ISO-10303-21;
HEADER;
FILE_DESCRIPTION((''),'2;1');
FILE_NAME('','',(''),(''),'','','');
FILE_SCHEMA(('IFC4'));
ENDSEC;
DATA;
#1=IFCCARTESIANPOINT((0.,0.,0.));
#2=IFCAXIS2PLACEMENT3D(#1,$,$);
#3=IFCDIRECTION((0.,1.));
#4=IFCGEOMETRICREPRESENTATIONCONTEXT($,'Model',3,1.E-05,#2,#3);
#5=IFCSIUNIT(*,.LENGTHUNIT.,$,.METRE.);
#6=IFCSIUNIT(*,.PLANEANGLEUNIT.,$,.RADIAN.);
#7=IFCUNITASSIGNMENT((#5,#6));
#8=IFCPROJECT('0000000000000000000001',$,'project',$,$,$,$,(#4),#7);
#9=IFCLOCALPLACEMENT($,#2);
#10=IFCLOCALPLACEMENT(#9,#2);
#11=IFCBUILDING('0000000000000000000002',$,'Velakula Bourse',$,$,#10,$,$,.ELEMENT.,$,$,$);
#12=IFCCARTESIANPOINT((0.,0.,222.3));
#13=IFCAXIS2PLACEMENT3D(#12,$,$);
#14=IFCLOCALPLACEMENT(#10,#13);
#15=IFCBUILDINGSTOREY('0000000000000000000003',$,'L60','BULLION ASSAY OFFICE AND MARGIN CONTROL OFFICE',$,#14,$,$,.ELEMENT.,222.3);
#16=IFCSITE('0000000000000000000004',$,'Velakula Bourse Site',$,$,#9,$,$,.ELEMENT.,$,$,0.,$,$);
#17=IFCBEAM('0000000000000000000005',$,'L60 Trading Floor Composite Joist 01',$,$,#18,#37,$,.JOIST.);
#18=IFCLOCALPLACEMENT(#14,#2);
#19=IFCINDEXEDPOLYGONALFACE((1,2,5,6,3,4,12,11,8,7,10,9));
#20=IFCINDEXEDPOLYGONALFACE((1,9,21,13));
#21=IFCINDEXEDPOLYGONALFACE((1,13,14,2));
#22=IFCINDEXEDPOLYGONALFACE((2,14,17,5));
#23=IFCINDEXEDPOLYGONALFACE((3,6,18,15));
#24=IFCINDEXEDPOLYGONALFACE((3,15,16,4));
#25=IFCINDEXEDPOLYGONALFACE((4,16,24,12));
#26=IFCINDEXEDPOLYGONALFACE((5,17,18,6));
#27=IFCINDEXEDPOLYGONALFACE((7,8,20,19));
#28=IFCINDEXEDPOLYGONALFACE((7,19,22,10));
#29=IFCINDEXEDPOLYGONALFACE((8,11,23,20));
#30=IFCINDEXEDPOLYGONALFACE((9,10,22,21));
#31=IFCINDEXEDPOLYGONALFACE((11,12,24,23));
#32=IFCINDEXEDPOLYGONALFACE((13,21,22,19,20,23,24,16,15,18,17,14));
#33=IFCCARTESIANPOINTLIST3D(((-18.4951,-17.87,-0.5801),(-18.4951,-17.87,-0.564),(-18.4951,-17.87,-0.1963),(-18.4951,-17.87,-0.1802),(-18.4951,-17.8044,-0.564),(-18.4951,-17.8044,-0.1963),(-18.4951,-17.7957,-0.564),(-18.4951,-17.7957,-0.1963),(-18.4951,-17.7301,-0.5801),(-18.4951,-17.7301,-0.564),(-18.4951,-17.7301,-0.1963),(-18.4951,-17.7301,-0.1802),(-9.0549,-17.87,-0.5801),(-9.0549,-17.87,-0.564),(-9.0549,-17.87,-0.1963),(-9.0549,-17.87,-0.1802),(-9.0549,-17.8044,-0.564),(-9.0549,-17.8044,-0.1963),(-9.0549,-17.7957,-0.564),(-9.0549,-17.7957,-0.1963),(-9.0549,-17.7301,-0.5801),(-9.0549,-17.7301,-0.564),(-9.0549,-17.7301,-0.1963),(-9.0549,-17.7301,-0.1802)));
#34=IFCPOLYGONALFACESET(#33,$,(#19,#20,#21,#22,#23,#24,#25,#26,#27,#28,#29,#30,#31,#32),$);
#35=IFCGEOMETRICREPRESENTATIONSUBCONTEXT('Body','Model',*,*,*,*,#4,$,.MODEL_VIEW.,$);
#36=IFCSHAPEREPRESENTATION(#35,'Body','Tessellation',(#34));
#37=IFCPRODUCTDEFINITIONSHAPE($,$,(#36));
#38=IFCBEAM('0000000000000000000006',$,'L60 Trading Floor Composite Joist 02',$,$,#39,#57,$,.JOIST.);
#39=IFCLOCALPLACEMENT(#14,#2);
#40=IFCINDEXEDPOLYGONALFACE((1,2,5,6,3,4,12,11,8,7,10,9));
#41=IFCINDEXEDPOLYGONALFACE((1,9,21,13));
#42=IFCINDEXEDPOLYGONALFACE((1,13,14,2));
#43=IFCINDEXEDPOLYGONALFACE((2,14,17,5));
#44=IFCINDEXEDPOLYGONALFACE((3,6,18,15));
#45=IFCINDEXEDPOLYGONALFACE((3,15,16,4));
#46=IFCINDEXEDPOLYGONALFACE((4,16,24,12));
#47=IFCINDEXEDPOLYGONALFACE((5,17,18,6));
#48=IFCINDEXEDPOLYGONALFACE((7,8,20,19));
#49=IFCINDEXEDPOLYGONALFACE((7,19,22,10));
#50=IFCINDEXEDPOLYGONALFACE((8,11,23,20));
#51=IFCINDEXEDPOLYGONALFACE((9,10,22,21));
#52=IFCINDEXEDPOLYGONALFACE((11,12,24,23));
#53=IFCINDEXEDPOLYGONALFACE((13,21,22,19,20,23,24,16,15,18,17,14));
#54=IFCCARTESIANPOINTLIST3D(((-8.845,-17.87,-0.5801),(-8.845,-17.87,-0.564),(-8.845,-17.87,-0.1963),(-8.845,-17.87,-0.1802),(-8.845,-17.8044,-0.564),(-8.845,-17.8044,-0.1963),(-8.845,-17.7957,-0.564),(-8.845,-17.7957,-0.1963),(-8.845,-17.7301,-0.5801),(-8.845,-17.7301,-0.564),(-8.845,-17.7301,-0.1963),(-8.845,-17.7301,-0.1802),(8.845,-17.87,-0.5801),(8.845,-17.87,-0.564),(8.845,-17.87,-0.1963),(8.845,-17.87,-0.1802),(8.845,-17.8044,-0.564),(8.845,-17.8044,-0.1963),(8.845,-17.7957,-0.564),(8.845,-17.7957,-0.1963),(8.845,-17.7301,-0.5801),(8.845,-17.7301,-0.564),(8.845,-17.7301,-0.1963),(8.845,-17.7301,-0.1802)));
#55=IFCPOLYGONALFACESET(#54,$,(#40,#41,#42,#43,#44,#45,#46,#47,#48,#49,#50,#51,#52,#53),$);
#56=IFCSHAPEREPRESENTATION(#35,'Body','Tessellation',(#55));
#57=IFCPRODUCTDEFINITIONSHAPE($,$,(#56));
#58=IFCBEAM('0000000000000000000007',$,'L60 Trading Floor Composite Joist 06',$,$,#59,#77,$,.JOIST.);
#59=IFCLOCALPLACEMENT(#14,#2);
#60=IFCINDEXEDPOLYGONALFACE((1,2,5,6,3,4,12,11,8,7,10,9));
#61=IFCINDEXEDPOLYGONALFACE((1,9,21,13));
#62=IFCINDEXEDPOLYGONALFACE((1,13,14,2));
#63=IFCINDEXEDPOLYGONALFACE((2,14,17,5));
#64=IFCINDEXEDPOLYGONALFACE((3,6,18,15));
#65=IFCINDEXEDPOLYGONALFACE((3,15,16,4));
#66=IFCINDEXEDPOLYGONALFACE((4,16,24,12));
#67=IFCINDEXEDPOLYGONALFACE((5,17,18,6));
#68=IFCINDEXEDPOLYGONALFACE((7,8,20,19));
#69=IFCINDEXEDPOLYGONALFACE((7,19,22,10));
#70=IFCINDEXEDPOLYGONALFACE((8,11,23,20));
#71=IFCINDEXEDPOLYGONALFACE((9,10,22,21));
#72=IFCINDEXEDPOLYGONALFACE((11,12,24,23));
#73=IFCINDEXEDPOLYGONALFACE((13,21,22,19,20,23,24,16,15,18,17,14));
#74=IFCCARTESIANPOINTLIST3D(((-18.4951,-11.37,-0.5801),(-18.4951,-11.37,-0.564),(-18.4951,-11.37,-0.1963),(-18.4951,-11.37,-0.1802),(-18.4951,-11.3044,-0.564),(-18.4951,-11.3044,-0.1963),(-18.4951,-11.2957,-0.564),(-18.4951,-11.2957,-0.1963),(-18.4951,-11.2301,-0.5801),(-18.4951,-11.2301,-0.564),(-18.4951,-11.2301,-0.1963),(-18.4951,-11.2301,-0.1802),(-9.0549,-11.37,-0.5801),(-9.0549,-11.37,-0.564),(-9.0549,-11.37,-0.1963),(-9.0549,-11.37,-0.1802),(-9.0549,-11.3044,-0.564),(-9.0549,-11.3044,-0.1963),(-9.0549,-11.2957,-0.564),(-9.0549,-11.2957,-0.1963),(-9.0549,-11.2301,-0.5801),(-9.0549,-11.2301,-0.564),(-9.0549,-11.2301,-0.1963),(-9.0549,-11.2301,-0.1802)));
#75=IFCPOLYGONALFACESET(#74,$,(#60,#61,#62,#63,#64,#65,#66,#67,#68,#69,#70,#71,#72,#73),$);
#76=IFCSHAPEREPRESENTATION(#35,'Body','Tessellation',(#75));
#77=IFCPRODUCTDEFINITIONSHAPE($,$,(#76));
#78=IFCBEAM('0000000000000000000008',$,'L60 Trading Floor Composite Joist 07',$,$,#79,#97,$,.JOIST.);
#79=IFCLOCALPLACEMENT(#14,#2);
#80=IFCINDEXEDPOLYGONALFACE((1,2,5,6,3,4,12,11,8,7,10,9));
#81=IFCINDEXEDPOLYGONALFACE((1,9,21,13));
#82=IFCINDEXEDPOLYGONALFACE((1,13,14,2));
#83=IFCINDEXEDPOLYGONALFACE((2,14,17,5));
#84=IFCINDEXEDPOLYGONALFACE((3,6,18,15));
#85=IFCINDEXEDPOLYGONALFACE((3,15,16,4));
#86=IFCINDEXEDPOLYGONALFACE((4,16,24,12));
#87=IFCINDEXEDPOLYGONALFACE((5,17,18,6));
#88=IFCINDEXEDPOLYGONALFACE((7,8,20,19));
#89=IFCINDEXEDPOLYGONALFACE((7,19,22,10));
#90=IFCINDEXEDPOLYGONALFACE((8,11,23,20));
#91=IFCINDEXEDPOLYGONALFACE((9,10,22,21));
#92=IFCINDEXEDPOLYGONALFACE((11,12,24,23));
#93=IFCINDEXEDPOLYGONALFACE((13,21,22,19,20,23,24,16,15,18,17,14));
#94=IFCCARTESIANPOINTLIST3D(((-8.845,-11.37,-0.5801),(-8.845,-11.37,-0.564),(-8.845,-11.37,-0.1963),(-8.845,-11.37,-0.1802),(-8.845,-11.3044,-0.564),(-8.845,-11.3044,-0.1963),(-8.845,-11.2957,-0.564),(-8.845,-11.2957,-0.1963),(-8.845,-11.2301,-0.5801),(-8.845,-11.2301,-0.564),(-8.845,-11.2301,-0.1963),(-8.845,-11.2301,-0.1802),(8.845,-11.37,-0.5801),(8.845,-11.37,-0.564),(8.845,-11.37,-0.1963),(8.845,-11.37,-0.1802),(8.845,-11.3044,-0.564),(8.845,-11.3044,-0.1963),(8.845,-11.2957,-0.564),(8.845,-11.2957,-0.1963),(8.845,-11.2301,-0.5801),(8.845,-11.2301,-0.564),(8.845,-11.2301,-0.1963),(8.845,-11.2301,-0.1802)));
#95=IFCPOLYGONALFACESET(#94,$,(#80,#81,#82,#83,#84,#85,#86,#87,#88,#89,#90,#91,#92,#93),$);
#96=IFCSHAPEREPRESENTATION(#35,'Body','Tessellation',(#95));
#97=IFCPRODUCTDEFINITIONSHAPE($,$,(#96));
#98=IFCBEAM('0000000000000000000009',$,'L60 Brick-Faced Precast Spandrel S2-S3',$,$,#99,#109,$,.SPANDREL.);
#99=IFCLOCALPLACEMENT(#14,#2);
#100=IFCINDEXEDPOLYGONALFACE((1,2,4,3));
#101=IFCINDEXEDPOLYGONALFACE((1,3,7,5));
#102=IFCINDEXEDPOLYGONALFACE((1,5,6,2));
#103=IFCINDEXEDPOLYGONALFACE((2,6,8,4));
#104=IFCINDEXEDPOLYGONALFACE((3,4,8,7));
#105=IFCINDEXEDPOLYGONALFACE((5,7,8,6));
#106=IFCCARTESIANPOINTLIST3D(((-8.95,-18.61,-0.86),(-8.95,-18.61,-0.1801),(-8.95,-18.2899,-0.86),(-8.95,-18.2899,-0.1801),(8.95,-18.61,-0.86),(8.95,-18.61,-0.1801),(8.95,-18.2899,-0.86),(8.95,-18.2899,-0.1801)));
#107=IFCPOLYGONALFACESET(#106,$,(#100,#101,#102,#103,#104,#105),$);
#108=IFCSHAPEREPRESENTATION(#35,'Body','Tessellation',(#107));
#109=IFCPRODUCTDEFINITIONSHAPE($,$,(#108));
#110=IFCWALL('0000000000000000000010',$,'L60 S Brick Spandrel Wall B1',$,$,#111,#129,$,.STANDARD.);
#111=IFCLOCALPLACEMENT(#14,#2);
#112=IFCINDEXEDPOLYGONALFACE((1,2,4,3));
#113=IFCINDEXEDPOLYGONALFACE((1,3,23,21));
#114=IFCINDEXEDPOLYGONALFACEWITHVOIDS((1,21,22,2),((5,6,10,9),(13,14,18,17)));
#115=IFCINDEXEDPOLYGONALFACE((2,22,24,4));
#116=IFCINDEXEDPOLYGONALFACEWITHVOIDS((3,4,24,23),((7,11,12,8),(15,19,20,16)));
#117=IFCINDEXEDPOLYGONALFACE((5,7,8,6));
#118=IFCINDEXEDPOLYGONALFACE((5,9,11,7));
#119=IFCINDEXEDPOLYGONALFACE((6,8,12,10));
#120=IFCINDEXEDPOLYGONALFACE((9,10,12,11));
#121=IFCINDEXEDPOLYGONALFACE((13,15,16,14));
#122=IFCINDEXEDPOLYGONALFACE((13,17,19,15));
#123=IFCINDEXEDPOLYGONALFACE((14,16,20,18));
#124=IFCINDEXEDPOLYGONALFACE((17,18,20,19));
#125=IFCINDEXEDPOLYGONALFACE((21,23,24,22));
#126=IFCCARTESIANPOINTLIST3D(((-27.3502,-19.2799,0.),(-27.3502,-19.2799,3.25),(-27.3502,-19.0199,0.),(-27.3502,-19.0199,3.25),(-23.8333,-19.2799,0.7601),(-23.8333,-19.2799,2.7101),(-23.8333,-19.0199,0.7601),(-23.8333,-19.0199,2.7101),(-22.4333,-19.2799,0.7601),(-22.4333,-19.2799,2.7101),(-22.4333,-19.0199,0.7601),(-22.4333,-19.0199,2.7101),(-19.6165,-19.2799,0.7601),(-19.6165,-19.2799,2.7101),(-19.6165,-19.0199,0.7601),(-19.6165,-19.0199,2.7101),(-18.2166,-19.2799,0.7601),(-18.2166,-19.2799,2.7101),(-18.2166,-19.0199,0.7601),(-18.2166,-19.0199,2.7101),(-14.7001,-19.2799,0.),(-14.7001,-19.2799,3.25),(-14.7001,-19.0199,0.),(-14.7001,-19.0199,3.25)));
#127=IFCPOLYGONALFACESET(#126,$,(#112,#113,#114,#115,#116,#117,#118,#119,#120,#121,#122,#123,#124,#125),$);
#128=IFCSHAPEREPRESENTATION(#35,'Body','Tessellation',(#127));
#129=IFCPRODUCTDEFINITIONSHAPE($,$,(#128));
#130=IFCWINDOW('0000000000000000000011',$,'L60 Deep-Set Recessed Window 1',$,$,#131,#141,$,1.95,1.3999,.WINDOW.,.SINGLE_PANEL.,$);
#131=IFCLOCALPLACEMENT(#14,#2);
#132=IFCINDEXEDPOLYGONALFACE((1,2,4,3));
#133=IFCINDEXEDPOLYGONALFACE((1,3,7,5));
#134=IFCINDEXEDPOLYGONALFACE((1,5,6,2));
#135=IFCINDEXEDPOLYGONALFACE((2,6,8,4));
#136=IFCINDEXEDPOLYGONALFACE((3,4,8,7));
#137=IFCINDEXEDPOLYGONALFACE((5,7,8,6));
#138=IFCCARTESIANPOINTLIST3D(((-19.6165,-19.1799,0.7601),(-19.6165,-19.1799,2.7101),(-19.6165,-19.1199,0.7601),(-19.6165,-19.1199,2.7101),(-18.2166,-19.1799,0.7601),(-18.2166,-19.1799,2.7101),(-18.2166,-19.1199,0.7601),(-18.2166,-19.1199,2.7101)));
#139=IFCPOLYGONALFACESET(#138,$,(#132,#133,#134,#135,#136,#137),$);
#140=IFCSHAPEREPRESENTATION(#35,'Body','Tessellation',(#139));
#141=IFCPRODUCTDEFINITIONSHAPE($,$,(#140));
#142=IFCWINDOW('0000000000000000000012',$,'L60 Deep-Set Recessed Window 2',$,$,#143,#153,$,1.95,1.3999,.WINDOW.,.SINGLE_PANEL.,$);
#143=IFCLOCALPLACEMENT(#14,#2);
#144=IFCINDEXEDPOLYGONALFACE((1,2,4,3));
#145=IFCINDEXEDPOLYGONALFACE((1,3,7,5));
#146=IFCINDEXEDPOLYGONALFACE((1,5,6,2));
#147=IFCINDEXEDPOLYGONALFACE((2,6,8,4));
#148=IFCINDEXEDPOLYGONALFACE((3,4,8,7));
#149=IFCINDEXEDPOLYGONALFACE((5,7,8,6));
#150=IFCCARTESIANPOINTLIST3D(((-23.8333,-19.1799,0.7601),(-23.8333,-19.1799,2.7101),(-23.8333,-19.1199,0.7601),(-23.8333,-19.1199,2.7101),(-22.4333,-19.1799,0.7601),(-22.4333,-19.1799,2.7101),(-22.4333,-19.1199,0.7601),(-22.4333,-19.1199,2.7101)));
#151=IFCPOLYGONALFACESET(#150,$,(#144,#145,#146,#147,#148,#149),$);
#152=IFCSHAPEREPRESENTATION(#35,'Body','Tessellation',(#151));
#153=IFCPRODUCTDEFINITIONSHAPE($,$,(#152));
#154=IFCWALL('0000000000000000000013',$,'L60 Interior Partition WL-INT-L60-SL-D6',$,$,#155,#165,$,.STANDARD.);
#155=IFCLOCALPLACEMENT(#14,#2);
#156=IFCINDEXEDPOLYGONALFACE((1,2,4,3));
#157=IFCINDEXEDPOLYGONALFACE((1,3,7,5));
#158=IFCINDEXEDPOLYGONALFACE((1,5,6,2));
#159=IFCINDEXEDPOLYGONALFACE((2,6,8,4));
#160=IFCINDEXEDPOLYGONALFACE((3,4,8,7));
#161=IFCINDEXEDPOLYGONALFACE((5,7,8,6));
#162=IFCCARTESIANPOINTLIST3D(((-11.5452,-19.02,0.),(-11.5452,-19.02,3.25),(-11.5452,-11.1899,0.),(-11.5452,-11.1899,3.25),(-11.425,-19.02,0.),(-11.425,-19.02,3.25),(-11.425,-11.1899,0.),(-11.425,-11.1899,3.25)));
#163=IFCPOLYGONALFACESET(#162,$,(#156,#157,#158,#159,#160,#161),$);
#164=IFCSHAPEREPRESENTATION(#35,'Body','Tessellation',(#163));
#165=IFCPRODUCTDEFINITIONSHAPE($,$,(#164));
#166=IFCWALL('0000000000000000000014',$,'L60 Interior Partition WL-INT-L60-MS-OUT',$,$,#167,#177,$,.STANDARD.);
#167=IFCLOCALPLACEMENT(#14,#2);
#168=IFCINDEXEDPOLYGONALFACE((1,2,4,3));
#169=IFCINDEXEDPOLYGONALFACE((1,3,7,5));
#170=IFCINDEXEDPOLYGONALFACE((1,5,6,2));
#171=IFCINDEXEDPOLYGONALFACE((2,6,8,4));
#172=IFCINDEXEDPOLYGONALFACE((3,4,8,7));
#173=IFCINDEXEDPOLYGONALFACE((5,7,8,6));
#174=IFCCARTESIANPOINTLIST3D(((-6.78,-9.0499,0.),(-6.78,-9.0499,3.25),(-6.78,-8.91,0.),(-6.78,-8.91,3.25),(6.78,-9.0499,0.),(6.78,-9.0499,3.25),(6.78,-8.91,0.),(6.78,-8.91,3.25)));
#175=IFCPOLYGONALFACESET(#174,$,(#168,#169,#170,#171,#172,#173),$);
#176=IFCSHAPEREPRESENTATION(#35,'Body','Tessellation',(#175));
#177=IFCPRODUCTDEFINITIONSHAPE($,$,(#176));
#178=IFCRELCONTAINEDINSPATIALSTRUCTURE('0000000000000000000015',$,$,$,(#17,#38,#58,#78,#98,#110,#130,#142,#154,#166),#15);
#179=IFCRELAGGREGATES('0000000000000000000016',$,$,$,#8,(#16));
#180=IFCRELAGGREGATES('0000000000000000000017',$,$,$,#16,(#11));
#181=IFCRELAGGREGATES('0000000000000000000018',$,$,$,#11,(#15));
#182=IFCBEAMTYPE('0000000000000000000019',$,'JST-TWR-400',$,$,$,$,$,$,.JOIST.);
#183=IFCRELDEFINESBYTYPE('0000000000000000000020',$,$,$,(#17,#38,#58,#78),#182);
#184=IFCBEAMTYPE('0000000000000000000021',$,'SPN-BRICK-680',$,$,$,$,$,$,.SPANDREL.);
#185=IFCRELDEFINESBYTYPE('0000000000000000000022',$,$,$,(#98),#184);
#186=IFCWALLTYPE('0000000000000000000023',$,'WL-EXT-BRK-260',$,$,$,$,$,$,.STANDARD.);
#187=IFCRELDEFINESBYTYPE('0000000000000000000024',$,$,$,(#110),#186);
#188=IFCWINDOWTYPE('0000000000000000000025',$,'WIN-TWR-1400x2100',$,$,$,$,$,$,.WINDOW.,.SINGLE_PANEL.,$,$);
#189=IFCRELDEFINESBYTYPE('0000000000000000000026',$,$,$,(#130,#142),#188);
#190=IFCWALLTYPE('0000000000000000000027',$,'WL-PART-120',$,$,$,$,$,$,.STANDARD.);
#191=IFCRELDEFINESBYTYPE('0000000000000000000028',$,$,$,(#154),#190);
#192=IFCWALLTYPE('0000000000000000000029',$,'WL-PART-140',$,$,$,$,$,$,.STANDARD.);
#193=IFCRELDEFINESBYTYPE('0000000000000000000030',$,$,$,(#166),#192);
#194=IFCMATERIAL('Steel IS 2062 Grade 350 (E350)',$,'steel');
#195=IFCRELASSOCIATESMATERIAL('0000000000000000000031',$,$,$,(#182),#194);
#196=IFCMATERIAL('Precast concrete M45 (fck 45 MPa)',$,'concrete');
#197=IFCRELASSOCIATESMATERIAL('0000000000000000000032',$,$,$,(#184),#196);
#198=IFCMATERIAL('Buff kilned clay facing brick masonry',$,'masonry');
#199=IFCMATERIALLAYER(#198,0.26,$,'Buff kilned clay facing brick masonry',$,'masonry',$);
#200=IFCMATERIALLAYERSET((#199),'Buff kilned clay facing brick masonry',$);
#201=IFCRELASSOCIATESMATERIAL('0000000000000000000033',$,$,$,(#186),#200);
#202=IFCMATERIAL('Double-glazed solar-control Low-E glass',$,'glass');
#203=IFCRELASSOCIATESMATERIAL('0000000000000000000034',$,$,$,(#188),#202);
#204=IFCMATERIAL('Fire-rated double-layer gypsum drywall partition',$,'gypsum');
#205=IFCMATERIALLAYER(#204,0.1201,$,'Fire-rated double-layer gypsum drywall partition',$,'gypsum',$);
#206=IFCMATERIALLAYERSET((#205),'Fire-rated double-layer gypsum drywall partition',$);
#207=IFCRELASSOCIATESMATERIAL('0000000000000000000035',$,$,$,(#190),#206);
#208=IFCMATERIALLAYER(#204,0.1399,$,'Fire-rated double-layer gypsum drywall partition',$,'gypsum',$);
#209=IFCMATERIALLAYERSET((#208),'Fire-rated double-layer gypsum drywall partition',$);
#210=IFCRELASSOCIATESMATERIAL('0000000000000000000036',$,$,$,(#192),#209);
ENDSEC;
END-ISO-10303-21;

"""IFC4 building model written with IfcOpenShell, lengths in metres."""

from ifc_helpers import new_model, si_unit, direction, frame, frame_2d, origin, origin_2d, place, context, subcontext, project, spatial, rectangle, i_section, extrude, material, layer, layer_set, material_profile, profile_set, type_object, element, fill, save


model = new_model("IFC4")

# Units and contexts
model_context = context("Model", 3, precision=1e-05, world=origin(), true_north=direction((0.0, 1.0)))
body_context = subcontext(model_context, "Body", "Model", "MODEL_VIEW")
ifc_project = project(units=[si_unit("LENGTHUNIT", "METRE"), si_unit("PLANEANGLEUNIT", "RADIAN")], contexts=[model_context])

# Site, building, storey
site_placement = place(None, origin())
site = spatial("IfcSite", under=ifc_project, at=site_placement, Name="Velakula Bourse Site", CompositionType="ELEMENT", RefElevation=0.0)
building_placement = place(site_placement, origin())
building = spatial("IfcBuilding", under=site, at=building_placement, Name="Velakula Bourse", CompositionType="ELEMENT")
storey_placement = place(building_placement, frame((0.0, 0.0, 222.3)))
storey = spatial("IfcBuildingStorey", under=building, at=storey_placement, Name="L60", Description="BULLION ASSAY OFFICE AND MARGIN CONTROL OFFICE", CompositionType="ELEMENT", Elevation=222.3)

# Shared definitions
ifc_material_1 = material(Name="Steel IS 2062 Grade 350 (E350)", Category="steel")

# Beams
ifc_material_profile_1 = material_profile(ifc_material_1, i_section(OverallWidth=0.1399, OverallDepth=0.3999, WebThickness=0.0088, FlangeThickness=0.0161, at=origin_2d()), Name="Steel IS 2062 Grade 350 (E350)")
ifc_profile_set_1 = profile_set([ifc_material_profile_1], Name="Steel IS 2062 Grade 350 (E350)")
beam_type_1 = type_object("IfcBeamType", Name="JST-TWR-400", PredefinedType="JOIST", material=ifc_profile_set_1)
beam_1_placement = place(storey_placement, frame((-18.4951, -17.8, -0.3801), z_axis=(1.0, 0.0, 0.0), x_axis=(0.0, 1.0, 0.0)))
element("IfcBeam", 1, at=beam_1_placement, inside=storey, type_object=beam_type_1, Name="L60 Trading Floor Composite Joist 01", PredefinedType="JOIST", context=body_context, shape_type="SweptSolid", body=[
    extrude(i_section(OverallWidth=0.1399, OverallDepth=0.3999, WebThickness=0.0088, FlangeThickness=0.0161, at=origin_2d()), origin(), (0.0, 0.0, 1.0), 9.4402),
])
beam_2_placement = place(storey_placement, frame((-8.845, -17.8, -0.3801), z_axis=(1.0, 0.0, 0.0), x_axis=(0.0, 1.0, 0.0)))
element("IfcBeam", 2, at=beam_2_placement, inside=storey, type_object=beam_type_1, Name="L60 Trading Floor Composite Joist 02", PredefinedType="JOIST", context=body_context, shape_type="SweptSolid", body=[
    extrude(i_section(OverallWidth=0.1399, OverallDepth=0.3999, WebThickness=0.0088, FlangeThickness=0.0161, at=origin_2d()), origin(), (0.0, 0.0, 1.0), 17.6899),
])
beam_3_placement = place(storey_placement, frame((-18.4951, -11.3, -0.3801), z_axis=(1.0, 0.0, 0.0), x_axis=(0.0, 1.0, 0.0)))
element("IfcBeam", 3, at=beam_3_placement, inside=storey, type_object=beam_type_1, Name="L60 Trading Floor Composite Joist 06", PredefinedType="JOIST", context=body_context, shape_type="SweptSolid", body=[
    extrude(i_section(OverallWidth=0.1399, OverallDepth=0.3999, WebThickness=0.0088, FlangeThickness=0.0161, at=origin_2d()), origin(), (0.0, 0.0, 1.0), 9.4402),
])
beam_4_placement = place(storey_placement, frame((-8.845, -11.3, -0.3801), z_axis=(1.0, 0.0, 0.0), x_axis=(0.0, 1.0, 0.0)))
element("IfcBeam", 4, at=beam_4_placement, inside=storey, type_object=beam_type_1, Name="L60 Trading Floor Composite Joist 07", PredefinedType="JOIST", context=body_context, shape_type="SweptSolid", body=[
    extrude(i_section(OverallWidth=0.1399, OverallDepth=0.3999, WebThickness=0.0088, FlangeThickness=0.0161, at=origin_2d()), origin(), (0.0, 0.0, 1.0), 17.6899),
])
ifc_material_2 = material(Name="Precast concrete M45 (fck 45 MPa)", Category="concrete")
ifc_material_profile_2 = material_profile(ifc_material_2, rectangle(XDim=0.3201, YDim=0.6799, at=origin_2d()), Name="Precast concrete M45 (fck 45 MPa)")
ifc_profile_set_2 = profile_set([ifc_material_profile_2], Name="Precast concrete M45 (fck 45 MPa)")
beam_type_2 = type_object("IfcBeamType", Name="SPN-BRICK-680", PredefinedType="SPANDREL", material=ifc_profile_set_2)
beam_5_placement = place(storey_placement, frame((-8.95, -18.45, -0.52), z_axis=(1.0, 0.0, 0.0), x_axis=(0.0, 1.0, 0.0)))
element("IfcBeam", 5, at=beam_5_placement, inside=storey, type_object=beam_type_2, Name="L60 Brick-Faced Precast Spandrel S2-S3", PredefinedType="SPANDREL", context=body_context, shape_type="SweptSolid", body=[
    extrude(rectangle(XDim=0.3201, YDim=0.6799, at=origin_2d()), origin(), (0.0, 0.0, 1.0), 17.8999),
])

# Wall, openings, windows
ifc_material_3 = material(Name="Buff kilned clay facing brick masonry", Category="masonry")
ifc_layer_1 = layer(ifc_material_3, 0.26, Name="Buff kilned clay facing brick masonry", Category="masonry")
ifc_layer_set_1 = layer_set([ifc_layer_1], Name="Buff kilned clay facing brick masonry")
wall_type_1 = type_object("IfcWallType", Name="WL-EXT-BRK-260", PredefinedType="STANDARD", material=ifc_layer_set_1)
wall_1_placement = place(storey_placement, frame((-14.7, -19.1499, 0.0), z_axis=(0.0, 0.0, 1.0), x_axis=(-1.0, 0.0, 0.0)))
wall_1 = element("IfcWall", 6, at=wall_1_placement, inside=storey, type_object=wall_type_1, Name="L60 S Brick Spandrel Wall B1", PredefinedType="STANDARD", context=body_context, shape_type="SweptSolid", body=[
    extrude(rectangle(XDim=12.6501, YDim=0.26, at=frame_2d((6.3252, 0.0))), origin(), (0.0, 0.0, 1.0), 3.25),
])
opening_1_placement = place(wall_1_placement, frame((3.5166, 0.0, 0.76)))
opening_1 = element("IfcOpeningElement", 7, at=opening_1_placement, cuts=wall_1, PredefinedType="OPENING", context=body_context, shape_type="SweptSolid", body=[
    extrude(rectangle(XDim=1.3999, YDim=1.95, at=frame_2d((0.7, 0.9751))), frame((0.0, 0.1399, 0.0), z_axis=(0.0, -1.0, 0.0), x_axis=(1.0, 0.0, 0.0)), (0.0, 0.0, 1.0), 0.28),
])
opening_2_placement = place(wall_1_placement, frame((7.7334, 0.0, 0.76)))
opening_2 = element("IfcOpeningElement", 8, at=opening_2_placement, cuts=wall_1, PredefinedType="OPENING", context=body_context, shape_type="SweptSolid", body=[
    extrude(rectangle(XDim=1.3999, YDim=1.95, at=frame_2d((0.7, 0.9751))), frame((0.0, 0.1399, 0.0), z_axis=(0.0, -1.0, 0.0), x_axis=(1.0, 0.0, 0.0)), (0.0, 0.0, 1.0), 0.28),
])
ifc_material_4 = material(Name="Double-glazed solar-control Low-E glass", Category="glass")
window_type = type_object("IfcWindowType", Name="WIN-TWR-1400x2100", PartitioningType="SINGLE_PANEL", PredefinedType="WINDOW", material=ifc_material_4)
window_1_placement = place(opening_1_placement, origin())
window_1 = element("IfcWindow", 9, at=window_1_placement, inside=storey, type_object=window_type, Name="L60 Deep-Set Recessed Window 1", OverallHeight=1.95, OverallWidth=1.3999, PartitioningType="SINGLE_PANEL", PredefinedType="WINDOW", context=body_context, shape_type="SweptSolid", body=[
    extrude(rectangle(XDim=1.3999, YDim=1.95, at=frame_2d((0.7, 0.9751))), frame((0.0, 0.03, 0.0), z_axis=(0.0, -1.0, 0.0), x_axis=(1.0, 0.0, 0.0)), (0.0, 0.0, 1.0), 0.0601),
])
fill(opening_1, window_1)
window_2_placement = place(opening_2_placement, origin())
window_2 = element("IfcWindow", 10, at=window_2_placement, inside=storey, type_object=window_type, Name="L60 Deep-Set Recessed Window 2", OverallHeight=1.95, OverallWidth=1.3999, PartitioningType="SINGLE_PANEL", PredefinedType="WINDOW", context=body_context, shape_type="SweptSolid", body=[
    extrude(rectangle(XDim=1.3999, YDim=1.95, at=frame_2d((0.7, 0.9751))), frame((0.0, 0.03, 0.0), z_axis=(0.0, -1.0, 0.0), x_axis=(1.0, 0.0, 0.0)), (0.0, 0.0, 1.0), 0.0601),
])
fill(opening_2, window_2)

# Walls
ifc_material_5 = material(Name="Fire-rated double-layer gypsum drywall partition", Category="gypsum")
ifc_layer_2 = layer(ifc_material_5, 0.1201, Name="Fire-rated double-layer gypsum drywall partition", Category="gypsum")
ifc_layer_set_2 = layer_set([ifc_layer_2], Name="Fire-rated double-layer gypsum drywall partition")
wall_type_2 = type_object("IfcWallType", Name="WL-PART-120", PredefinedType="STANDARD", material=ifc_layer_set_2)
wall_2_placement = place(storey_placement, frame((-11.4851, -19.02, 0.0), z_axis=(0.0, 0.0, 1.0), x_axis=(0.0, 1.0, 0.0)))
element("IfcWall", 11, at=wall_2_placement, inside=storey, type_object=wall_type_2, Name="L60 Interior Partition WL-INT-L60-SL-D6", PredefinedType="STANDARD", context=body_context, shape_type="SweptSolid", body=[
    extrude(rectangle(XDim=7.8301, YDim=0.1201, at=frame_2d((3.915, 0.0))), origin(), (0.0, 0.0, 1.0), 3.25),
])
ifc_layer_3 = layer(ifc_material_5, 0.1399, Name="Fire-rated double-layer gypsum drywall partition", Category="gypsum")
ifc_layer_set_3 = layer_set([ifc_layer_3], Name="Fire-rated double-layer gypsum drywall partition")
wall_type_3 = type_object("IfcWallType", Name="WL-PART-140", PredefinedType="STANDARD", material=ifc_layer_set_3)
wall_3_placement = place(storey_placement, frame((-6.78, -8.98, 0.0), z_axis=(0.0, 0.0, 1.0), x_axis=(1.0, 0.0, 0.0)))
element("IfcWall", 12, at=wall_3_placement, inside=storey, type_object=wall_type_3, Name="L60 Interior Partition WL-INT-L60-MS-OUT", PredefinedType="STANDARD", context=body_context, shape_type="SweptSolid", body=[
    extrude(rectangle(XDim=13.5601, YDim=0.1399, at=frame_2d((6.78, 0.0))), origin(), (0.0, 0.0, 1.0), 3.25),
])

save(model, "model.ifc")
